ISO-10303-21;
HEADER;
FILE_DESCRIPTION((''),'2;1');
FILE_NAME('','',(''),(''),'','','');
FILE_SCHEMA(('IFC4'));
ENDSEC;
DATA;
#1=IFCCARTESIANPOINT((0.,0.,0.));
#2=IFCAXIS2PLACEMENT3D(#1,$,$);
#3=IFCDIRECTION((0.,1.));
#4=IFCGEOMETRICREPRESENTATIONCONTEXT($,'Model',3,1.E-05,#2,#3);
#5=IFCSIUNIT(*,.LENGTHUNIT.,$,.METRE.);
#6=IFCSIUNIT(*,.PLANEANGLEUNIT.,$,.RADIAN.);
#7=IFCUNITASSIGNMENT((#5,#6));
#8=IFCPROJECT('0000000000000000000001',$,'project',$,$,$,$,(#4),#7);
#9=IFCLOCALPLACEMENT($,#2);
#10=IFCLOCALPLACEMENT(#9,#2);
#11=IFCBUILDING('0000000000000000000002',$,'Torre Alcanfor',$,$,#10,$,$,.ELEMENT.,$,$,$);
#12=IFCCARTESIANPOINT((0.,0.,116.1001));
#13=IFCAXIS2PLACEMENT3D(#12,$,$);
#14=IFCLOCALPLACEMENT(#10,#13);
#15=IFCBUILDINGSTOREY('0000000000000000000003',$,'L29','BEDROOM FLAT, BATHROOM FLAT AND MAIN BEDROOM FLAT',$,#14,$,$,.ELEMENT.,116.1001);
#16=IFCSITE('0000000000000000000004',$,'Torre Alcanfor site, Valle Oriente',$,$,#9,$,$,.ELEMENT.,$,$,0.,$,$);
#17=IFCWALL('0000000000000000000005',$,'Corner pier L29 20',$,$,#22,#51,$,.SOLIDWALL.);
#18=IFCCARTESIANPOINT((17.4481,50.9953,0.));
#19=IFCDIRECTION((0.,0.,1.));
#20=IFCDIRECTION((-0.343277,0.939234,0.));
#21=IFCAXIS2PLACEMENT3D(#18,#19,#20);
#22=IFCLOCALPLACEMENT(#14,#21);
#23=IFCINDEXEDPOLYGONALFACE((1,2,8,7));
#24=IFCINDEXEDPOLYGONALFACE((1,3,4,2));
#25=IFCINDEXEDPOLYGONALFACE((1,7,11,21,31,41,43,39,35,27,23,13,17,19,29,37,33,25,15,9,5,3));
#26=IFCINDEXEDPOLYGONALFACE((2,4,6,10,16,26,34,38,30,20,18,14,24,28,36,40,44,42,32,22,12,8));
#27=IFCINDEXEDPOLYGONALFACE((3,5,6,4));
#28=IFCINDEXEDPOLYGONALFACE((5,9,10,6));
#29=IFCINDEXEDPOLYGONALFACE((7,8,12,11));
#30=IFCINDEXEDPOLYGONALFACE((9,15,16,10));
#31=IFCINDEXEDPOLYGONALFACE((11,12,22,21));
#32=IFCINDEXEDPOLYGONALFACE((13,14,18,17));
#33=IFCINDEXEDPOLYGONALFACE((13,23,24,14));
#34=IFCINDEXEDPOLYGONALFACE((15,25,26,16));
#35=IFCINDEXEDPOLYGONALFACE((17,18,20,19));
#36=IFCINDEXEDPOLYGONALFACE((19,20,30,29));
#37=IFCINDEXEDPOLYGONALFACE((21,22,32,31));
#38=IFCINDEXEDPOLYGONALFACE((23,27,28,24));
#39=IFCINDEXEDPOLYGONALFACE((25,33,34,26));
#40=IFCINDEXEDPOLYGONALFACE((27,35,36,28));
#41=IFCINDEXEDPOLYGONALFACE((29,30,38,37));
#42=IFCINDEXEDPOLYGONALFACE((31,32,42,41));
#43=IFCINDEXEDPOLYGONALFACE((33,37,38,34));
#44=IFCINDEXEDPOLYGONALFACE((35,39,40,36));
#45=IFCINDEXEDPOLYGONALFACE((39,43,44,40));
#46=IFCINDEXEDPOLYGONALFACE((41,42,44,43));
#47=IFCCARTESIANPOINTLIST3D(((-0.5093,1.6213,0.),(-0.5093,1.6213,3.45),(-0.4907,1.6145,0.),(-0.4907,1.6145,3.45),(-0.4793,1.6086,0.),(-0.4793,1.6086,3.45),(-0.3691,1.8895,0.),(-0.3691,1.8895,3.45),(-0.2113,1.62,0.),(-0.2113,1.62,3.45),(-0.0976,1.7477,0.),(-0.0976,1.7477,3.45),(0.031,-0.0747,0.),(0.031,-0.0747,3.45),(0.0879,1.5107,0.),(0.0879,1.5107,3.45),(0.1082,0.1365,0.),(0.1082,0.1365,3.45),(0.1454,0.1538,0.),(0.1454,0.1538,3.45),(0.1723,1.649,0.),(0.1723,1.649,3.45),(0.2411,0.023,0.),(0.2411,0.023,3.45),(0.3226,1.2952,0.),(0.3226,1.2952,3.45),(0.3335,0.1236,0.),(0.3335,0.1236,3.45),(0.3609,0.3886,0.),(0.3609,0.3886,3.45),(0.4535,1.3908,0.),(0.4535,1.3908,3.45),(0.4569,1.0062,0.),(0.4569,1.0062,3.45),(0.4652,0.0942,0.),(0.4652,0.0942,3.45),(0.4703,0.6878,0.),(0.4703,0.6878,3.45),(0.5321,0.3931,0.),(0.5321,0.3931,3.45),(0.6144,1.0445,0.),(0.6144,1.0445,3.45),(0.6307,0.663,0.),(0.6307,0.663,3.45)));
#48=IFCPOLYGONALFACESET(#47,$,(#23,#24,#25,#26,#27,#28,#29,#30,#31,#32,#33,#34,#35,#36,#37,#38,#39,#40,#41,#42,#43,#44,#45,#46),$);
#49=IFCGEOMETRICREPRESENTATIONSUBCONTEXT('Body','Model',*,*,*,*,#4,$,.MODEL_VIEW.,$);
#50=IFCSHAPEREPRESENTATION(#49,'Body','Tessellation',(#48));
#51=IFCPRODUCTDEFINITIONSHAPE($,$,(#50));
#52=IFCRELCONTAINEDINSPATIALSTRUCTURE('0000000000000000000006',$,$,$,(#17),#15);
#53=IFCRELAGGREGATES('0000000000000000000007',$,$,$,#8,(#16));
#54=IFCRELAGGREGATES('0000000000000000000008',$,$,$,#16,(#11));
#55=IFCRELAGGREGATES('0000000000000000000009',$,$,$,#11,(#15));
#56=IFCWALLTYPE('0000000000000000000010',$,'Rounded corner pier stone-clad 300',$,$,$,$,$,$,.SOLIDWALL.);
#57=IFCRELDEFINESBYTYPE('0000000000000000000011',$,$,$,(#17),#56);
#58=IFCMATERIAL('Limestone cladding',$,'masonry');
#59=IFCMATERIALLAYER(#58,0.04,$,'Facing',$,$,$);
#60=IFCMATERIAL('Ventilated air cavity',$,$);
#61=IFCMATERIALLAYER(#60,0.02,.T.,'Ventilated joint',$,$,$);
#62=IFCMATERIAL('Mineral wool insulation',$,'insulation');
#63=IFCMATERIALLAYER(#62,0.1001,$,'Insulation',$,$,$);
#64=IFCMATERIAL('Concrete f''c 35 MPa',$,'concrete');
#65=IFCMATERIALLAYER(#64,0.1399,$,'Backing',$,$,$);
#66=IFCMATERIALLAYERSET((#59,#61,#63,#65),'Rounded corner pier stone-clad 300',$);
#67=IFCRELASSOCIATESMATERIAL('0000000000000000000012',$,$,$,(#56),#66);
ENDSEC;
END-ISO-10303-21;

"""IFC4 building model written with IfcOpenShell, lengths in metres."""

from ifc_helpers import new_model, si_unit, direction, frame, origin, place, context, subcontext, project, spatial, polyline, outline, extrude, material, layer, layer_set, type_object, element, save


model = new_model("IFC4")

# Units and contexts
model_context = context("Model", 3, precision=1e-05, world=origin(), true_north=direction((0.0, 1.0)))
body_context = subcontext(model_context, "Body", "Model", "MODEL_VIEW")
ifc_project = project(units=[si_unit("LENGTHUNIT", "METRE"), si_unit("PLANEANGLEUNIT", "RADIAN")], contexts=[model_context])

# Site, building, storey
site_placement = place(None, origin())
site = spatial("IfcSite", under=ifc_project, at=site_placement, Name="Torre Alcanfor site, Valle Oriente", CompositionType="ELEMENT", RefElevation=0.0)
building_placement = place(site_placement, origin())
building = spatial("IfcBuilding", under=site, at=building_placement, Name="Torre Alcanfor", CompositionType="ELEMENT")
storey_placement = place(building_placement, frame((0.0, 0.0, 116.1001)))
storey = spatial("IfcBuildingStorey", under=building, at=storey_placement, Name="L29", Description="BEDROOM FLAT, BATHROOM FLAT AND MAIN BEDROOM FLAT", CompositionType="ELEMENT", Elevation=116.1001)

# Shared definitions
ifc_material_1 = material(Name="Limestone cladding", Category="masonry")
ifc_material_2 = material(Name="Ventilated air cavity")
ifc_material_3 = material(Name="Mineral wool insulation", Category="insulation")
ifc_material_4 = material(Name="Concrete f'c 35 MPa", Category="concrete")

# Wall
ifc_layer_1 = layer(ifc_material_1, 0.04, Name="Facing")
ifc_layer_2 = layer(ifc_material_2, 0.02, ventilated=True, Name="Ventilated joint")
ifc_layer_3 = layer(ifc_material_3, 0.1001, Name="Insulation")
ifc_layer_4 = layer(ifc_material_4, 0.1399, Name="Backing")
ifc_layer_set_1 = layer_set([ifc_layer_1, ifc_layer_2, ifc_layer_3, ifc_layer_4], Name="Rounded corner pier stone-clad 300")
wall_type_1 = type_object("IfcWallType", Name="Rounded corner pier stone-clad 300", PredefinedType="SOLIDWALL", material=ifc_layer_set_1)
wall_1_placement = place(storey_placement, frame((17.4481, 50.9953, 0.0), z_axis=(0.0, 0.0, 1.0), x_axis=(-0.343277, 0.939234, 0.0)))
element("IfcWall", 1, at=wall_1_placement, inside=storey, type_object=wall_type_1, Name="Corner pier L29 20", PredefinedType="SOLIDWALL", context=body_context, shape_type="SweptSolid", body=[
    extrude(outline(polyline([(0.2411, 0.023), (0.3335, 0.1236), (0.4652, 0.0942), (0.5321, 0.3931), (0.6307, 0.663), (0.6144, 1.0445), (0.4535, 1.3908), (0.1723, 1.649), (-0.0976, 1.7477), (-0.3691, 1.8895), (-0.5093, 1.6213), (-0.4907, 1.6145), (-0.4793, 1.6086), (-0.2113, 1.62), (0.0879, 1.5107), (0.3226, 1.2952), (0.4569, 1.0062), (0.4703, 0.6878), (0.3609, 0.3886), (0.1454, 0.1538), (0.1082, 0.1365), (0.031, -0.0747), (0.2411, 0.023)])), origin(), (0.0, 0.0, 1.0), 3.45),
])

save(model, "model.ifc")
